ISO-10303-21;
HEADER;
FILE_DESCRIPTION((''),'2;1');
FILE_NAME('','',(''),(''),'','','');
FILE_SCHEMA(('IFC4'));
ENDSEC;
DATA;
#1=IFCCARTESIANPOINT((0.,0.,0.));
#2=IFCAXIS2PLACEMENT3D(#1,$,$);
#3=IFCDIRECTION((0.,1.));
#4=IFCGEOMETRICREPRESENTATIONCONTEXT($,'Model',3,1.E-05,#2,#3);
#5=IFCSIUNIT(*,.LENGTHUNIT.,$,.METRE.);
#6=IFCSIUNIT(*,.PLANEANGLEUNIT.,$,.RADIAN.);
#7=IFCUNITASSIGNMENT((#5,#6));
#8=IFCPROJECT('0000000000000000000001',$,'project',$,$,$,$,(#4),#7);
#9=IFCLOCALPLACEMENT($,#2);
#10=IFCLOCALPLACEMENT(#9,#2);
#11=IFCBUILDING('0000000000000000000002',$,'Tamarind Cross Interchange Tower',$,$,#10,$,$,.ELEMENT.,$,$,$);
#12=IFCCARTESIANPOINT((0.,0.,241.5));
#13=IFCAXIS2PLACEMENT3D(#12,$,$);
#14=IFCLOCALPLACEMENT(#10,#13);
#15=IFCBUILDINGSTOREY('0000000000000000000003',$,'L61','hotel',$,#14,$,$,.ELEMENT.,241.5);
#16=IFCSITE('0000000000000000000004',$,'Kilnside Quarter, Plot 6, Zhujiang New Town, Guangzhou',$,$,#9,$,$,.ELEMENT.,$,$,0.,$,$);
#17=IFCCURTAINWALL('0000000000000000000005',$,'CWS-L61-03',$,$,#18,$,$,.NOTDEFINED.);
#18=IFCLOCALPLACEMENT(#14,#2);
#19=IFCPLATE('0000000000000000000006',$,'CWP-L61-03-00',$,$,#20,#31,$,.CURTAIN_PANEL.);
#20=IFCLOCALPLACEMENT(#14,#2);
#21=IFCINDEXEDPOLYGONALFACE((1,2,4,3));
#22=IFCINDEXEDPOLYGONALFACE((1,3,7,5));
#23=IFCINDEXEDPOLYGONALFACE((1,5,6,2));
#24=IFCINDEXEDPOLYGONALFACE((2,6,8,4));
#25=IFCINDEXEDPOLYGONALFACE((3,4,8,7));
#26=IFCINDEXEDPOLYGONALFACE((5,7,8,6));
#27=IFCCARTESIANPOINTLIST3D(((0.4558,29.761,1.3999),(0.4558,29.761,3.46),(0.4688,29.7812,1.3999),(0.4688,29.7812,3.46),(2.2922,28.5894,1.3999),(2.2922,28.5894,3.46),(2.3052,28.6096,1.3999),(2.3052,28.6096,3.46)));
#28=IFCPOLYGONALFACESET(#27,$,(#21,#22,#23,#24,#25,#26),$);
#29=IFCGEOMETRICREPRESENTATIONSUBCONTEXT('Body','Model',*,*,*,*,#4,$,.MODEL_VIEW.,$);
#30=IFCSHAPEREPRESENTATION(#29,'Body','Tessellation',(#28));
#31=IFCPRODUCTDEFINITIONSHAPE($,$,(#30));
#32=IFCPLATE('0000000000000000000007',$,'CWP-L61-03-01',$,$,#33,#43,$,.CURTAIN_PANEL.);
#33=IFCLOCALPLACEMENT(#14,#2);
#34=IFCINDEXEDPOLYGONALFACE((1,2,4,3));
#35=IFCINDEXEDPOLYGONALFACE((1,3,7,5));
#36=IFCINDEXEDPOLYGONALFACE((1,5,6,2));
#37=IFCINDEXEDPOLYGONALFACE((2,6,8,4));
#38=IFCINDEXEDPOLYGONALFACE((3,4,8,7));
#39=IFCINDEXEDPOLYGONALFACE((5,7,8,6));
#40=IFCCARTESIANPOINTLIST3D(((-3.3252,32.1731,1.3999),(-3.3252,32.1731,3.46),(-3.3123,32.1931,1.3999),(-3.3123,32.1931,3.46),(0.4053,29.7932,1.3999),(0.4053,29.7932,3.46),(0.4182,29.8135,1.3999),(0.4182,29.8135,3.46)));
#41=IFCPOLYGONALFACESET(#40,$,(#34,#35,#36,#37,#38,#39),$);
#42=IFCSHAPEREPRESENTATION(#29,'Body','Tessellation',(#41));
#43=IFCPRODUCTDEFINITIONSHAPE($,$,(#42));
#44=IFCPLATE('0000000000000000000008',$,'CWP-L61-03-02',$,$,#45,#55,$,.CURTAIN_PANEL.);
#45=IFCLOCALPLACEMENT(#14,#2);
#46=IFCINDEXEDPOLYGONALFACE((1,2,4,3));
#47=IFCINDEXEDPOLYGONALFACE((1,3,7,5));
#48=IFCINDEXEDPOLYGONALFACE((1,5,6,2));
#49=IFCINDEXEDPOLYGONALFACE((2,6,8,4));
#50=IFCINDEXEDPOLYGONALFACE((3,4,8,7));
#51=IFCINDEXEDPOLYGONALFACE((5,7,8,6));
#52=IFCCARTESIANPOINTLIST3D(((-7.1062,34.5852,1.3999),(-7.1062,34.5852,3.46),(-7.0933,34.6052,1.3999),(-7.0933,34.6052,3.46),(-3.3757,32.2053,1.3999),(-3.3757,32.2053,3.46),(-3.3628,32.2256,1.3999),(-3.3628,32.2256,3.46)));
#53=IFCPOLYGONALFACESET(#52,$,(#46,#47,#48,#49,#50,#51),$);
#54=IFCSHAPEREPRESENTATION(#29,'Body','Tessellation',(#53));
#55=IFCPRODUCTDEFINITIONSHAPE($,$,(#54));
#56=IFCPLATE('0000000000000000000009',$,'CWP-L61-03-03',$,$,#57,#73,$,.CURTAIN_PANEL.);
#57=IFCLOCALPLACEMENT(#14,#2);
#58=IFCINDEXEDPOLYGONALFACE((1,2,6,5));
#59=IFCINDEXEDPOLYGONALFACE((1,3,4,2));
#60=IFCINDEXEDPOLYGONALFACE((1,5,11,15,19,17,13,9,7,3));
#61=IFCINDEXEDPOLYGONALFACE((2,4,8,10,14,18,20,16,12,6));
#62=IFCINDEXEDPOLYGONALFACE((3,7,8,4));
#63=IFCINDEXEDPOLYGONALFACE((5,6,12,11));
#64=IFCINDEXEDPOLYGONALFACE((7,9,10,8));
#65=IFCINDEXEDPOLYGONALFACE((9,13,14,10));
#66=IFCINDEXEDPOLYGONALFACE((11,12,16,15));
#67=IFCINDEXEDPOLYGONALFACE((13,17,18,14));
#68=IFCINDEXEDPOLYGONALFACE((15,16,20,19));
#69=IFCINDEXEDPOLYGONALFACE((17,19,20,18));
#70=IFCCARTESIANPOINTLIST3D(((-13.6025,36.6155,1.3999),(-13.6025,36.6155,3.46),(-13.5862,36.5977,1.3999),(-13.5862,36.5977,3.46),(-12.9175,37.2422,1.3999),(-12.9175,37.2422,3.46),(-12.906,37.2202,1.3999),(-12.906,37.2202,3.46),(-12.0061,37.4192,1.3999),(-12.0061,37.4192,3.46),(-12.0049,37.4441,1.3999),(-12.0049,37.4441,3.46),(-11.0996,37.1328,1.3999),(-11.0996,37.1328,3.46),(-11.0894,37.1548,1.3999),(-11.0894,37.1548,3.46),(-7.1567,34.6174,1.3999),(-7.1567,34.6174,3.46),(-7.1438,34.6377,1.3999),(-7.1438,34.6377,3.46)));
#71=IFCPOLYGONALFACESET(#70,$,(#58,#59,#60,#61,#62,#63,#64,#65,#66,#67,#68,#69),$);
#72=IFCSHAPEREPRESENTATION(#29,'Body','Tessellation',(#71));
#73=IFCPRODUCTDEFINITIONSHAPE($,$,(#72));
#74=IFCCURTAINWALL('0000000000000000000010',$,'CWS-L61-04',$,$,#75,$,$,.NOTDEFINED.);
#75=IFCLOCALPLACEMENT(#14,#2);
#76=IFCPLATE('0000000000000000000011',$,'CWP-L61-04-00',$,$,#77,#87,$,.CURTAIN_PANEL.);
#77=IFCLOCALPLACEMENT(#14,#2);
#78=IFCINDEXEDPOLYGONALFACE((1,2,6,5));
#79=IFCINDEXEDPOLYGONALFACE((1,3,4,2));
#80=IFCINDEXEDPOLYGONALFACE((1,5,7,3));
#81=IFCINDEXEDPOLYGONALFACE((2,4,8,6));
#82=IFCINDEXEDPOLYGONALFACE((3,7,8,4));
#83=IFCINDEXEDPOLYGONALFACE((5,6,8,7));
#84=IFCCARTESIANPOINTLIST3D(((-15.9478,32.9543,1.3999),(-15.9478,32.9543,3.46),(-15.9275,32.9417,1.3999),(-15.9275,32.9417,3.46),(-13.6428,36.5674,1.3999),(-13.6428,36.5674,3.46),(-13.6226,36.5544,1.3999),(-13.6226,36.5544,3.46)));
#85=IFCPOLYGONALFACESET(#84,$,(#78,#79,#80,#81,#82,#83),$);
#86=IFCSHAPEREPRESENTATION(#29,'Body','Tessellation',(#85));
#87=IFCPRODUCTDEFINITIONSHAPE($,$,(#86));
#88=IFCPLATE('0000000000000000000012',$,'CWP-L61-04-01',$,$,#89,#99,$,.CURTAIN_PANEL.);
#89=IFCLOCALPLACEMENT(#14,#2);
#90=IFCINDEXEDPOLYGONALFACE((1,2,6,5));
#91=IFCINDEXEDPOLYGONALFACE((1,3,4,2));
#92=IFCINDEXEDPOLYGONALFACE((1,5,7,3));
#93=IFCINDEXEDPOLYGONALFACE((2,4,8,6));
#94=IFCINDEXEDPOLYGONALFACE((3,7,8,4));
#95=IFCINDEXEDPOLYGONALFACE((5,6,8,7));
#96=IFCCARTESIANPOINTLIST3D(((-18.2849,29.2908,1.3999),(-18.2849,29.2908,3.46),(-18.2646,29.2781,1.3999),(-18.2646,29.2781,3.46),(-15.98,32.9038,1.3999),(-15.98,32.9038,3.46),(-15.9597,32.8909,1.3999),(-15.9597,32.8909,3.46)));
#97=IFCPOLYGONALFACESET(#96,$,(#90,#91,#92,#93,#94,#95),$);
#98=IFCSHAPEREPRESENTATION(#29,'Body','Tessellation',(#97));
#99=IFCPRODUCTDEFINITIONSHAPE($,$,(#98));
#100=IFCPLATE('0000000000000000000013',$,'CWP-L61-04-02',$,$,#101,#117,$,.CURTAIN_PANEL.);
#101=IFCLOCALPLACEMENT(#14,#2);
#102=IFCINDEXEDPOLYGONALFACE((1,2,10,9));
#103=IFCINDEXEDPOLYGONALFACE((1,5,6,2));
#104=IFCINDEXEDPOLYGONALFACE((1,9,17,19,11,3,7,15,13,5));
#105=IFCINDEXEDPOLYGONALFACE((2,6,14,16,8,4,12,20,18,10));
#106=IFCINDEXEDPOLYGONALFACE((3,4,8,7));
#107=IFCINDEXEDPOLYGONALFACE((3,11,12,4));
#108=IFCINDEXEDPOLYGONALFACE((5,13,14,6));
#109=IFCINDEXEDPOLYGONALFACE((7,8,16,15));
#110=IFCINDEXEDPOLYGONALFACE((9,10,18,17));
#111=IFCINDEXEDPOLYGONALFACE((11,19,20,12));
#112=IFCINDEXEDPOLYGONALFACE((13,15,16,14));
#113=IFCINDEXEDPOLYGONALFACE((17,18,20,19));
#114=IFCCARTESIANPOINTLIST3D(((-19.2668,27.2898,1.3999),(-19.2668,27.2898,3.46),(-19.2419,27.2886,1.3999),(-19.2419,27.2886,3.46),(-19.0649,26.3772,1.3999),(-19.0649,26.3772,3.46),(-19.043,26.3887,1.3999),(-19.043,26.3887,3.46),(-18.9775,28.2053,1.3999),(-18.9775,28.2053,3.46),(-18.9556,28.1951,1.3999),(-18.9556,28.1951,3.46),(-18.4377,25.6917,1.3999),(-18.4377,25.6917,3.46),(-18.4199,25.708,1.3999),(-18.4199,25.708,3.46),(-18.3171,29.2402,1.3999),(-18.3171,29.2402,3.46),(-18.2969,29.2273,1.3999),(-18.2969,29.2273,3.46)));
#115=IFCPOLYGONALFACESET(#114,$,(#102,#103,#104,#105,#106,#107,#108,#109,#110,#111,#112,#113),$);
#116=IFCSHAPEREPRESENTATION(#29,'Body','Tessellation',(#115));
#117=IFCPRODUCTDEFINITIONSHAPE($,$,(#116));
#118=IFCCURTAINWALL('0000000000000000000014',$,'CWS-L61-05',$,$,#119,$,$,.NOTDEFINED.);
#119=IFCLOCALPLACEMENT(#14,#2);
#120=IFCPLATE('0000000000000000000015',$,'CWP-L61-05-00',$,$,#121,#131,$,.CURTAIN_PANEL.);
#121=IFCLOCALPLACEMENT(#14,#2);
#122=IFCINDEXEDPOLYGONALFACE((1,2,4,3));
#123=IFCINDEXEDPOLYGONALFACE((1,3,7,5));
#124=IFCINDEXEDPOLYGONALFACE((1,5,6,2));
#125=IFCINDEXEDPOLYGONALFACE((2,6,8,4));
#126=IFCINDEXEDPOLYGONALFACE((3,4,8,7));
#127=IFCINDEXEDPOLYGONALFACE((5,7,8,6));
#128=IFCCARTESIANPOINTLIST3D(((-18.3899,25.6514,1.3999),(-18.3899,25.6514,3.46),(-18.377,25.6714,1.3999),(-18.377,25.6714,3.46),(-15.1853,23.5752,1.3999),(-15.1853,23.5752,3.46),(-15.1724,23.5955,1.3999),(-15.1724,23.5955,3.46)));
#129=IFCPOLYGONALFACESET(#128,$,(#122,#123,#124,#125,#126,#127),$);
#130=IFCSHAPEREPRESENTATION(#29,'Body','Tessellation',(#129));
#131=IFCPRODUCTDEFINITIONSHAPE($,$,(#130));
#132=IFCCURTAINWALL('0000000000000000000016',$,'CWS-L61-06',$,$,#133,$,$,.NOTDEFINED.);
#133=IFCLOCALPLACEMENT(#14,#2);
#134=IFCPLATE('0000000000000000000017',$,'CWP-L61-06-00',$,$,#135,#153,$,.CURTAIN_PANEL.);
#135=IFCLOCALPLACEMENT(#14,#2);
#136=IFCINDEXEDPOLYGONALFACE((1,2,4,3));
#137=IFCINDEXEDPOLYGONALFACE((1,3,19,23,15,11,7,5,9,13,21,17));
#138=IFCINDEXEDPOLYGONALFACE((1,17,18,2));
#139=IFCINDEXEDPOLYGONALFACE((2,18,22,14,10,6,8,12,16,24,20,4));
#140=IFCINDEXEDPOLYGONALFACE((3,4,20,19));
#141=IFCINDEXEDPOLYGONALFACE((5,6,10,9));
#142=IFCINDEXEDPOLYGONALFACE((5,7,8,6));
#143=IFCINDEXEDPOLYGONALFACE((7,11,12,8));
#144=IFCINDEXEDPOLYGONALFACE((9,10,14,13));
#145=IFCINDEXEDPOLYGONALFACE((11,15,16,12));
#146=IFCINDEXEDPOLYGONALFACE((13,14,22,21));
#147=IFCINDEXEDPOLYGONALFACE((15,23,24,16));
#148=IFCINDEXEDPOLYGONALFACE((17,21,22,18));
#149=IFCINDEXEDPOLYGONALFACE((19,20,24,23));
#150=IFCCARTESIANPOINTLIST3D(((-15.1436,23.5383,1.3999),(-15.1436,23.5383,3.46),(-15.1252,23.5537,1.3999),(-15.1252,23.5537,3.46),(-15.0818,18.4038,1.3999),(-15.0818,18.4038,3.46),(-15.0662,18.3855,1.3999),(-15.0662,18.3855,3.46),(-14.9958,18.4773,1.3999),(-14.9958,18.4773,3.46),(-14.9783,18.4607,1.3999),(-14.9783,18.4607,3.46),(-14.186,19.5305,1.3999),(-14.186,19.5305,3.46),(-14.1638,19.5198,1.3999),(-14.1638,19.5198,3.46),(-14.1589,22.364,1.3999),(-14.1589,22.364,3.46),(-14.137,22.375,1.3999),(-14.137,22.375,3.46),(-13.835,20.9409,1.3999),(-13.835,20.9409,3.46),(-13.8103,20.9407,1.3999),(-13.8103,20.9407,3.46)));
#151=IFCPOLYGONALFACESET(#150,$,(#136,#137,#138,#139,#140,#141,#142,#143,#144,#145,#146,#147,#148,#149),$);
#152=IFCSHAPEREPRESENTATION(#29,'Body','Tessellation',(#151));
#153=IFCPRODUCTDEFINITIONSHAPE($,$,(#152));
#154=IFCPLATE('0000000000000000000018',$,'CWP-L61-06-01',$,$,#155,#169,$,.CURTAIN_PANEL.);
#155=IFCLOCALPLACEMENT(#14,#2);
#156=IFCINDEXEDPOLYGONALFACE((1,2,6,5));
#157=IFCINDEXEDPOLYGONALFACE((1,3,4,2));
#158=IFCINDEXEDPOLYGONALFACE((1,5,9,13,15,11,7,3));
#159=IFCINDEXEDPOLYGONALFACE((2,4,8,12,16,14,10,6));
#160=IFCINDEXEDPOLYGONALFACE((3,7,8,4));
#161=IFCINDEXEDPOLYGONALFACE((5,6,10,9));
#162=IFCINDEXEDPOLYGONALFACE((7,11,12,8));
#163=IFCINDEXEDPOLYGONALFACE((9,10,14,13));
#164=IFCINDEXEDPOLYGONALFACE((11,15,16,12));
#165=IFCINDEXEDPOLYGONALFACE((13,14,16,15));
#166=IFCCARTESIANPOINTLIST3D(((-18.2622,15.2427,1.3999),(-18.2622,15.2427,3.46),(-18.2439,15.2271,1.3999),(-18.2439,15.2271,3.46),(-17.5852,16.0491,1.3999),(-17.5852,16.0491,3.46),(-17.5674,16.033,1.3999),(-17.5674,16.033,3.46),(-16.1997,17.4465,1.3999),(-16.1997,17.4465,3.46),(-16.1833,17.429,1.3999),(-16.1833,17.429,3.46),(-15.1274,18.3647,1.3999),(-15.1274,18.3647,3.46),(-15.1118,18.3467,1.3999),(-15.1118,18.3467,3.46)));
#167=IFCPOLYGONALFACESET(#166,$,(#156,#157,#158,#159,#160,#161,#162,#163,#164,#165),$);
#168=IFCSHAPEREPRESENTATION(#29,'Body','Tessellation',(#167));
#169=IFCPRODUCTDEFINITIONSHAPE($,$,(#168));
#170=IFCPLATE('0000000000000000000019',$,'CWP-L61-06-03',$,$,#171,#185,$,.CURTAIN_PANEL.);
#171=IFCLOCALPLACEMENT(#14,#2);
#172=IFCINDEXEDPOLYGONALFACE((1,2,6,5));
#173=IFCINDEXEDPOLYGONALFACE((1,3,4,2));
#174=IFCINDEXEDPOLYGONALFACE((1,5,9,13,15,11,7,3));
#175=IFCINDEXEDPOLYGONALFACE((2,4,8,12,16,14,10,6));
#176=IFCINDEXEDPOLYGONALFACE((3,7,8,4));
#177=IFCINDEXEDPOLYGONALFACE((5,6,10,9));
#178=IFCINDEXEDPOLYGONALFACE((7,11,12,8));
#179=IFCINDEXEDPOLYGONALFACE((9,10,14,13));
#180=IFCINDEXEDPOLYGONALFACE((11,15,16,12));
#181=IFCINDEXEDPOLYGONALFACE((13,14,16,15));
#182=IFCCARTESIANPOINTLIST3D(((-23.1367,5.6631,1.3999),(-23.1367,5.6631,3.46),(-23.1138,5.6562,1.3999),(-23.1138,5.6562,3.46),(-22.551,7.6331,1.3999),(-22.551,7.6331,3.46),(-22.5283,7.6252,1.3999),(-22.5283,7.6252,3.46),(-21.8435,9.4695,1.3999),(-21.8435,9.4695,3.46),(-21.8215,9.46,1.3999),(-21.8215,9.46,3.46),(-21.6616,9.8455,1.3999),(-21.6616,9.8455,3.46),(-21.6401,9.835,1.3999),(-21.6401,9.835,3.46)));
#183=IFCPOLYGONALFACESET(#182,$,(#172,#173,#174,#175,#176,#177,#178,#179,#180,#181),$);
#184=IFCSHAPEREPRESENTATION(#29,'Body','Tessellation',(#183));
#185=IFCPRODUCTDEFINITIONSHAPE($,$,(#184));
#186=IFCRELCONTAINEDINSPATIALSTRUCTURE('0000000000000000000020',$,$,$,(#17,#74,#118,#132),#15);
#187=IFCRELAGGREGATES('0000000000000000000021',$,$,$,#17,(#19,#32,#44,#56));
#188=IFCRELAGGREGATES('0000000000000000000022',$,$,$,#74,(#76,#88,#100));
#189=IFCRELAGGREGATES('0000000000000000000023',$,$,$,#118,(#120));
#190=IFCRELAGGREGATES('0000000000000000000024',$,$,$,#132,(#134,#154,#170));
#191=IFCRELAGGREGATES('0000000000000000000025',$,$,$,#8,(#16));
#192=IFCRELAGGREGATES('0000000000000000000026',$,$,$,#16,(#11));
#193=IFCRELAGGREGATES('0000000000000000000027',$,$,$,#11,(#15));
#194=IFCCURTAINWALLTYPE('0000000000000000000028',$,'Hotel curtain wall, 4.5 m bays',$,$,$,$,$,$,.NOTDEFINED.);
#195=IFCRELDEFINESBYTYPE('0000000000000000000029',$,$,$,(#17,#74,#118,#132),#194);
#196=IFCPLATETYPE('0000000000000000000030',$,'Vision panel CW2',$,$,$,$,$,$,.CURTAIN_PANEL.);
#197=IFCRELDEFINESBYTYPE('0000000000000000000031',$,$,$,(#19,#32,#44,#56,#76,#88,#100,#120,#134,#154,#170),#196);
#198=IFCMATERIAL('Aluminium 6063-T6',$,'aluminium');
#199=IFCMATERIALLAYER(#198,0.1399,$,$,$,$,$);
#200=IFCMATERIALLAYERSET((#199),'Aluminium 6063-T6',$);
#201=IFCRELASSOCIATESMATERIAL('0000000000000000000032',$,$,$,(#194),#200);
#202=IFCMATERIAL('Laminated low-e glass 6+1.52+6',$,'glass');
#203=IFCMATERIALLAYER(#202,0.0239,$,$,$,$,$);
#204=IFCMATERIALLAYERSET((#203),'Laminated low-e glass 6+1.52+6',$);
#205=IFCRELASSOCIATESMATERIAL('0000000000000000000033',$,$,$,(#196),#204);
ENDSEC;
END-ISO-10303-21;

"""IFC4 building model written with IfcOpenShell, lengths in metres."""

from ifc_helpers import new_model, si_unit, direction, frame, origin, place, context, subcontext, project, spatial, polyline, outline, extrude, material, layer, layer_set, type_object, element, aggregate, save


model = new_model("IFC4")

# Units and contexts
model_context = context("Model", 3, precision=1e-05, world=origin(), true_north=direction((0.0, 1.0)))
body_context = subcontext(model_context, "Body", "Model", "MODEL_VIEW")
ifc_project = project(units=[si_unit("LENGTHUNIT", "METRE"), si_unit("PLANEANGLEUNIT", "RADIAN")], contexts=[model_context])

# Site, building, storey
site_placement = place(None, origin())
site = spatial("IfcSite", under=ifc_project, at=site_placement, Name="Kilnside Quarter, Plot 6, Zhujiang New Town, Guangzhou", CompositionType="ELEMENT", RefElevation=0.0)
building_placement = place(site_placement, origin())
building = spatial("IfcBuilding", under=site, at=building_placement, Name="Tamarind Cross Interchange Tower", CompositionType="ELEMENT")
storey_placement = place(building_placement, frame((0.0, 0.0, 241.5)))
storey = spatial("IfcBuildingStorey", under=building, at=storey_placement, Name="L61", Description="hotel", CompositionType="ELEMENT", Elevation=241.5)

# Curtain walls, plates
ifc_material_1 = material(Name="Aluminium 6063-T6", Category="aluminium")
ifc_layer_1 = layer(ifc_material_1, 0.1399)
ifc_layer_set_1 = layer_set([ifc_layer_1], Name="Aluminium 6063-T6")
curtain_wall_type = type_object("IfcCurtainWallType", Name="Hotel curtain wall, 4.5 m bays", PredefinedType="NOTDEFINED", material=ifc_layer_set_1)
curtain_wall_1_placement = place(storey_placement, origin())
curtain_wall_1 = element("IfcCurtainWall", 1, at=curtain_wall_1_placement, inside=storey, type_object=curtain_wall_type, Name="CWS-L61-03", PredefinedType="NOTDEFINED")
ifc_material_2 = material(Name="Laminated low-e glass 6+1.52+6", Category="glass")
ifc_layer_2 = layer(ifc_material_2, 0.0239)
ifc_layer_set_2 = layer_set([ifc_layer_2], Name="Laminated low-e glass 6+1.52+6")
plate_type = type_object("IfcPlateType", Name="Vision panel CW2", PredefinedType="CURTAIN_PANEL", material=ifc_layer_set_2)
plate_1_placement = place(storey_placement, frame((0.0, 0.0, 1.3999)))
plate_1 = element("IfcPlate", 2, at=plate_1_placement, type_object=plate_type, Name="CWP-L61-03-00", PredefinedType="CURTAIN_PANEL", context=body_context, shape_type="SweptSolid", body=[
    extrude(outline(polyline([(2.2922, 28.5894), (0.4558, 29.761), (0.4688, 29.7812), (2.3052, 28.6096), (2.2922, 28.5894)])), origin(), (0.0, 0.0, 1.0), 2.0601),
])
plate_2_placement = place(storey_placement, frame((0.0, 0.0, 1.3999)))
plate_2 = element("IfcPlate", 3, at=plate_2_placement, type_object=plate_type, Name="CWP-L61-03-01", PredefinedType="CURTAIN_PANEL", context=body_context, shape_type="SweptSolid", body=[
    extrude(outline(polyline([(0.4053, 29.7932), (-3.3252, 32.1731), (-3.3123, 32.1931), (0.4182, 29.8135), (0.4053, 29.7932)])), origin(), (0.0, 0.0, 1.0), 2.0601),
])
plate_3_placement = place(storey_placement, frame((0.0, 0.0, 1.3999)))
plate_3 = element("IfcPlate", 4, at=plate_3_placement, type_object=plate_type, Name="CWP-L61-03-02", PredefinedType="CURTAIN_PANEL", context=body_context, shape_type="SweptSolid", body=[
    extrude(outline(polyline([(-3.3757, 32.2053), (-7.1062, 34.5852), (-7.0933, 34.6052), (-3.3628, 32.2256), (-3.3757, 32.2053)])), origin(), (0.0, 0.0, 1.0), 2.0601),
])
plate_4_placement = place(storey_placement, frame((0.0, 0.0, 1.3999)))
plate_4 = element("IfcPlate", 5, at=plate_4_placement, type_object=plate_type, Name="CWP-L61-03-03", PredefinedType="CURTAIN_PANEL", context=body_context, shape_type="SweptSolid", body=[
    extrude(outline(polyline([(-7.1567, 34.6174), (-11.0996, 37.1328), (-12.0061, 37.4192), (-12.906, 37.2202), (-13.5862, 36.5977), (-13.6025, 36.6155), (-12.9175, 37.2422), (-12.0049, 37.4441), (-11.0894, 37.1548), (-7.1438, 34.6377), (-7.1567, 34.6174)])), origin(), (0.0, 0.0, 1.0), 2.0601),
])
aggregate(curtain_wall_1, [plate_1, plate_2, plate_3, plate_4])
curtain_wall_2_placement = place(storey_placement, origin())
curtain_wall_2 = element("IfcCurtainWall", 6, at=curtain_wall_2_placement, inside=storey, type_object=curtain_wall_type, Name="CWS-L61-04", PredefinedType="NOTDEFINED")
plate_5_placement = place(storey_placement, frame((0.0, 0.0, 1.3999)))
plate_5 = element("IfcPlate", 7, at=plate_5_placement, type_object=plate_type, Name="CWP-L61-04-00", PredefinedType="CURTAIN_PANEL", context=body_context, shape_type="SweptSolid", body=[
    extrude(outline(polyline([(-13.6226, 36.5544), (-15.9275, 32.9417), (-15.9478, 32.9543), (-13.6428, 36.5674), (-13.6226, 36.5544)])), origin(), (0.0, 0.0, 1.0), 2.0601),
])
plate_6_placement = place(storey_placement, frame((0.0, 0.0, 1.3999)))
plate_6 = element("IfcPlate", 8, at=plate_6_placement, type_object=plate_type, Name="CWP-L61-04-01", PredefinedType="CURTAIN_PANEL", context=body_context, shape_type="SweptSolid", body=[
    extrude(outline(polyline([(-15.9597, 32.8909), (-18.2646, 29.2781), (-18.2849, 29.2908), (-15.98, 32.9038), (-15.9597, 32.8909)])), origin(), (0.0, 0.0, 1.0), 2.0601),
])
plate_7_placement = place(storey_placement, frame((0.0, 0.0, 1.3999)))
plate_7 = element("IfcPlate", 9, at=plate_7_placement, type_object=plate_type, Name="CWP-L61-04-02", PredefinedType="CURTAIN_PANEL", context=body_context, shape_type="SweptSolid", body=[
    extrude(outline(polyline([(-18.2969, 29.2273), (-18.9556, 28.1951), (-19.2419, 27.2886), (-19.043, 26.3887), (-18.4199, 25.708), (-18.4377, 25.6917), (-19.0649, 26.3772), (-19.2668, 27.2898), (-18.9775, 28.2053), (-18.3171, 29.2402), (-18.2969, 29.2273)])), origin(), (0.0, 0.0, 1.0), 2.0601),
])
aggregate(curtain_wall_2, [plate_5, plate_6, plate_7])

# Curtain wall, plate
curtain_wall_3_placement = place(storey_placement, origin())
curtain_wall_3 = element("IfcCurtainWall", 10, at=curtain_wall_3_placement, inside=storey, type_object=curtain_wall_type, Name="CWS-L61-05", PredefinedType="NOTDEFINED")
plate_8_placement = place(storey_placement, frame((0.0, 0.0, 1.3999)))
plate_8 = element("IfcPlate", 11, at=plate_8_placement, type_object=plate_type, Name="CWP-L61-05-00", PredefinedType="CURTAIN_PANEL", context=body_context, shape_type="SweptSolid", body=[
    extrude(outline(polyline([(-18.377, 25.6714), (-15.1724, 23.5955), (-15.1853, 23.5752), (-18.3899, 25.6514), (-18.377, 25.6714)])), origin(), (0.0, 0.0, 1.0), 2.0601),
])
aggregate(curtain_wall_3, [plate_8])

# Curtain wall, plates
curtain_wall_4_placement = place(storey_placement, origin())
curtain_wall_4 = element("IfcCurtainWall", 12, at=curtain_wall_4_placement, inside=storey, type_object=curtain_wall_type, Name="CWS-L61-06", PredefinedType="NOTDEFINED")
plate_9_placement = place(storey_placement, frame((0.0, 0.0, 1.3999)))
plate_9 = element("IfcPlate", 13, at=plate_9_placement, type_object=plate_type, Name="CWP-L61-06-00", PredefinedType="CURTAIN_PANEL", context=body_context, shape_type="SweptSolid", body=[
    extrude(outline(polyline([(-15.1252, 23.5537), (-14.137, 22.375), (-13.8103, 20.9407), (-14.1638, 19.5198), (-14.9783, 18.4607), (-15.0662, 18.3855), (-15.0818, 18.4038), (-14.9958, 18.4773), (-14.186, 19.5305), (-13.835, 20.9409), (-14.1589, 22.364), (-15.1436, 23.5383), (-15.1252, 23.5537)])), origin(), (0.0, 0.0, 1.0), 2.0601),
])
plate_10_placement = place(storey_placement, frame((0.0, 0.0, 1.3999)))
plate_10 = element("IfcPlate", 14, at=plate_10_placement, type_object=plate_type, Name="CWP-L61-06-01", PredefinedType="CURTAIN_PANEL", context=body_context, shape_type="SweptSolid", body=[
    extrude(outline(polyline([(-15.1118, 18.3467), (-16.1833, 17.429), (-17.5674, 16.033), (-18.2439, 15.2271), (-18.2622, 15.2427), (-17.5852, 16.0491), (-16.1997, 17.4465), (-15.1274, 18.3647), (-15.1118, 18.3467)])), origin(), (0.0, 0.0, 1.0), 2.0601),
])
plate_11_placement = place(storey_placement, frame((0.0, 0.0, 1.3999)))
plate_11 = element("IfcPlate", 15, at=plate_11_placement, type_object=plate_type, Name="CWP-L61-06-03", PredefinedType="CURTAIN_PANEL", context=body_context, shape_type="SweptSolid", body=[
    extrude(outline(polyline([(-21.6401, 9.835), (-21.8215, 9.46), (-22.5283, 7.6252), (-23.1138, 5.6562), (-23.1367, 5.6631), (-22.551, 7.6331), (-21.8435, 9.4695), (-21.6616, 9.8455), (-21.6401, 9.835)])), origin(), (0.0, 0.0, 1.0), 2.0601),
])
aggregate(curtain_wall_4, [plate_9, plate_10, plate_11])

save(model, "model.ifc")
